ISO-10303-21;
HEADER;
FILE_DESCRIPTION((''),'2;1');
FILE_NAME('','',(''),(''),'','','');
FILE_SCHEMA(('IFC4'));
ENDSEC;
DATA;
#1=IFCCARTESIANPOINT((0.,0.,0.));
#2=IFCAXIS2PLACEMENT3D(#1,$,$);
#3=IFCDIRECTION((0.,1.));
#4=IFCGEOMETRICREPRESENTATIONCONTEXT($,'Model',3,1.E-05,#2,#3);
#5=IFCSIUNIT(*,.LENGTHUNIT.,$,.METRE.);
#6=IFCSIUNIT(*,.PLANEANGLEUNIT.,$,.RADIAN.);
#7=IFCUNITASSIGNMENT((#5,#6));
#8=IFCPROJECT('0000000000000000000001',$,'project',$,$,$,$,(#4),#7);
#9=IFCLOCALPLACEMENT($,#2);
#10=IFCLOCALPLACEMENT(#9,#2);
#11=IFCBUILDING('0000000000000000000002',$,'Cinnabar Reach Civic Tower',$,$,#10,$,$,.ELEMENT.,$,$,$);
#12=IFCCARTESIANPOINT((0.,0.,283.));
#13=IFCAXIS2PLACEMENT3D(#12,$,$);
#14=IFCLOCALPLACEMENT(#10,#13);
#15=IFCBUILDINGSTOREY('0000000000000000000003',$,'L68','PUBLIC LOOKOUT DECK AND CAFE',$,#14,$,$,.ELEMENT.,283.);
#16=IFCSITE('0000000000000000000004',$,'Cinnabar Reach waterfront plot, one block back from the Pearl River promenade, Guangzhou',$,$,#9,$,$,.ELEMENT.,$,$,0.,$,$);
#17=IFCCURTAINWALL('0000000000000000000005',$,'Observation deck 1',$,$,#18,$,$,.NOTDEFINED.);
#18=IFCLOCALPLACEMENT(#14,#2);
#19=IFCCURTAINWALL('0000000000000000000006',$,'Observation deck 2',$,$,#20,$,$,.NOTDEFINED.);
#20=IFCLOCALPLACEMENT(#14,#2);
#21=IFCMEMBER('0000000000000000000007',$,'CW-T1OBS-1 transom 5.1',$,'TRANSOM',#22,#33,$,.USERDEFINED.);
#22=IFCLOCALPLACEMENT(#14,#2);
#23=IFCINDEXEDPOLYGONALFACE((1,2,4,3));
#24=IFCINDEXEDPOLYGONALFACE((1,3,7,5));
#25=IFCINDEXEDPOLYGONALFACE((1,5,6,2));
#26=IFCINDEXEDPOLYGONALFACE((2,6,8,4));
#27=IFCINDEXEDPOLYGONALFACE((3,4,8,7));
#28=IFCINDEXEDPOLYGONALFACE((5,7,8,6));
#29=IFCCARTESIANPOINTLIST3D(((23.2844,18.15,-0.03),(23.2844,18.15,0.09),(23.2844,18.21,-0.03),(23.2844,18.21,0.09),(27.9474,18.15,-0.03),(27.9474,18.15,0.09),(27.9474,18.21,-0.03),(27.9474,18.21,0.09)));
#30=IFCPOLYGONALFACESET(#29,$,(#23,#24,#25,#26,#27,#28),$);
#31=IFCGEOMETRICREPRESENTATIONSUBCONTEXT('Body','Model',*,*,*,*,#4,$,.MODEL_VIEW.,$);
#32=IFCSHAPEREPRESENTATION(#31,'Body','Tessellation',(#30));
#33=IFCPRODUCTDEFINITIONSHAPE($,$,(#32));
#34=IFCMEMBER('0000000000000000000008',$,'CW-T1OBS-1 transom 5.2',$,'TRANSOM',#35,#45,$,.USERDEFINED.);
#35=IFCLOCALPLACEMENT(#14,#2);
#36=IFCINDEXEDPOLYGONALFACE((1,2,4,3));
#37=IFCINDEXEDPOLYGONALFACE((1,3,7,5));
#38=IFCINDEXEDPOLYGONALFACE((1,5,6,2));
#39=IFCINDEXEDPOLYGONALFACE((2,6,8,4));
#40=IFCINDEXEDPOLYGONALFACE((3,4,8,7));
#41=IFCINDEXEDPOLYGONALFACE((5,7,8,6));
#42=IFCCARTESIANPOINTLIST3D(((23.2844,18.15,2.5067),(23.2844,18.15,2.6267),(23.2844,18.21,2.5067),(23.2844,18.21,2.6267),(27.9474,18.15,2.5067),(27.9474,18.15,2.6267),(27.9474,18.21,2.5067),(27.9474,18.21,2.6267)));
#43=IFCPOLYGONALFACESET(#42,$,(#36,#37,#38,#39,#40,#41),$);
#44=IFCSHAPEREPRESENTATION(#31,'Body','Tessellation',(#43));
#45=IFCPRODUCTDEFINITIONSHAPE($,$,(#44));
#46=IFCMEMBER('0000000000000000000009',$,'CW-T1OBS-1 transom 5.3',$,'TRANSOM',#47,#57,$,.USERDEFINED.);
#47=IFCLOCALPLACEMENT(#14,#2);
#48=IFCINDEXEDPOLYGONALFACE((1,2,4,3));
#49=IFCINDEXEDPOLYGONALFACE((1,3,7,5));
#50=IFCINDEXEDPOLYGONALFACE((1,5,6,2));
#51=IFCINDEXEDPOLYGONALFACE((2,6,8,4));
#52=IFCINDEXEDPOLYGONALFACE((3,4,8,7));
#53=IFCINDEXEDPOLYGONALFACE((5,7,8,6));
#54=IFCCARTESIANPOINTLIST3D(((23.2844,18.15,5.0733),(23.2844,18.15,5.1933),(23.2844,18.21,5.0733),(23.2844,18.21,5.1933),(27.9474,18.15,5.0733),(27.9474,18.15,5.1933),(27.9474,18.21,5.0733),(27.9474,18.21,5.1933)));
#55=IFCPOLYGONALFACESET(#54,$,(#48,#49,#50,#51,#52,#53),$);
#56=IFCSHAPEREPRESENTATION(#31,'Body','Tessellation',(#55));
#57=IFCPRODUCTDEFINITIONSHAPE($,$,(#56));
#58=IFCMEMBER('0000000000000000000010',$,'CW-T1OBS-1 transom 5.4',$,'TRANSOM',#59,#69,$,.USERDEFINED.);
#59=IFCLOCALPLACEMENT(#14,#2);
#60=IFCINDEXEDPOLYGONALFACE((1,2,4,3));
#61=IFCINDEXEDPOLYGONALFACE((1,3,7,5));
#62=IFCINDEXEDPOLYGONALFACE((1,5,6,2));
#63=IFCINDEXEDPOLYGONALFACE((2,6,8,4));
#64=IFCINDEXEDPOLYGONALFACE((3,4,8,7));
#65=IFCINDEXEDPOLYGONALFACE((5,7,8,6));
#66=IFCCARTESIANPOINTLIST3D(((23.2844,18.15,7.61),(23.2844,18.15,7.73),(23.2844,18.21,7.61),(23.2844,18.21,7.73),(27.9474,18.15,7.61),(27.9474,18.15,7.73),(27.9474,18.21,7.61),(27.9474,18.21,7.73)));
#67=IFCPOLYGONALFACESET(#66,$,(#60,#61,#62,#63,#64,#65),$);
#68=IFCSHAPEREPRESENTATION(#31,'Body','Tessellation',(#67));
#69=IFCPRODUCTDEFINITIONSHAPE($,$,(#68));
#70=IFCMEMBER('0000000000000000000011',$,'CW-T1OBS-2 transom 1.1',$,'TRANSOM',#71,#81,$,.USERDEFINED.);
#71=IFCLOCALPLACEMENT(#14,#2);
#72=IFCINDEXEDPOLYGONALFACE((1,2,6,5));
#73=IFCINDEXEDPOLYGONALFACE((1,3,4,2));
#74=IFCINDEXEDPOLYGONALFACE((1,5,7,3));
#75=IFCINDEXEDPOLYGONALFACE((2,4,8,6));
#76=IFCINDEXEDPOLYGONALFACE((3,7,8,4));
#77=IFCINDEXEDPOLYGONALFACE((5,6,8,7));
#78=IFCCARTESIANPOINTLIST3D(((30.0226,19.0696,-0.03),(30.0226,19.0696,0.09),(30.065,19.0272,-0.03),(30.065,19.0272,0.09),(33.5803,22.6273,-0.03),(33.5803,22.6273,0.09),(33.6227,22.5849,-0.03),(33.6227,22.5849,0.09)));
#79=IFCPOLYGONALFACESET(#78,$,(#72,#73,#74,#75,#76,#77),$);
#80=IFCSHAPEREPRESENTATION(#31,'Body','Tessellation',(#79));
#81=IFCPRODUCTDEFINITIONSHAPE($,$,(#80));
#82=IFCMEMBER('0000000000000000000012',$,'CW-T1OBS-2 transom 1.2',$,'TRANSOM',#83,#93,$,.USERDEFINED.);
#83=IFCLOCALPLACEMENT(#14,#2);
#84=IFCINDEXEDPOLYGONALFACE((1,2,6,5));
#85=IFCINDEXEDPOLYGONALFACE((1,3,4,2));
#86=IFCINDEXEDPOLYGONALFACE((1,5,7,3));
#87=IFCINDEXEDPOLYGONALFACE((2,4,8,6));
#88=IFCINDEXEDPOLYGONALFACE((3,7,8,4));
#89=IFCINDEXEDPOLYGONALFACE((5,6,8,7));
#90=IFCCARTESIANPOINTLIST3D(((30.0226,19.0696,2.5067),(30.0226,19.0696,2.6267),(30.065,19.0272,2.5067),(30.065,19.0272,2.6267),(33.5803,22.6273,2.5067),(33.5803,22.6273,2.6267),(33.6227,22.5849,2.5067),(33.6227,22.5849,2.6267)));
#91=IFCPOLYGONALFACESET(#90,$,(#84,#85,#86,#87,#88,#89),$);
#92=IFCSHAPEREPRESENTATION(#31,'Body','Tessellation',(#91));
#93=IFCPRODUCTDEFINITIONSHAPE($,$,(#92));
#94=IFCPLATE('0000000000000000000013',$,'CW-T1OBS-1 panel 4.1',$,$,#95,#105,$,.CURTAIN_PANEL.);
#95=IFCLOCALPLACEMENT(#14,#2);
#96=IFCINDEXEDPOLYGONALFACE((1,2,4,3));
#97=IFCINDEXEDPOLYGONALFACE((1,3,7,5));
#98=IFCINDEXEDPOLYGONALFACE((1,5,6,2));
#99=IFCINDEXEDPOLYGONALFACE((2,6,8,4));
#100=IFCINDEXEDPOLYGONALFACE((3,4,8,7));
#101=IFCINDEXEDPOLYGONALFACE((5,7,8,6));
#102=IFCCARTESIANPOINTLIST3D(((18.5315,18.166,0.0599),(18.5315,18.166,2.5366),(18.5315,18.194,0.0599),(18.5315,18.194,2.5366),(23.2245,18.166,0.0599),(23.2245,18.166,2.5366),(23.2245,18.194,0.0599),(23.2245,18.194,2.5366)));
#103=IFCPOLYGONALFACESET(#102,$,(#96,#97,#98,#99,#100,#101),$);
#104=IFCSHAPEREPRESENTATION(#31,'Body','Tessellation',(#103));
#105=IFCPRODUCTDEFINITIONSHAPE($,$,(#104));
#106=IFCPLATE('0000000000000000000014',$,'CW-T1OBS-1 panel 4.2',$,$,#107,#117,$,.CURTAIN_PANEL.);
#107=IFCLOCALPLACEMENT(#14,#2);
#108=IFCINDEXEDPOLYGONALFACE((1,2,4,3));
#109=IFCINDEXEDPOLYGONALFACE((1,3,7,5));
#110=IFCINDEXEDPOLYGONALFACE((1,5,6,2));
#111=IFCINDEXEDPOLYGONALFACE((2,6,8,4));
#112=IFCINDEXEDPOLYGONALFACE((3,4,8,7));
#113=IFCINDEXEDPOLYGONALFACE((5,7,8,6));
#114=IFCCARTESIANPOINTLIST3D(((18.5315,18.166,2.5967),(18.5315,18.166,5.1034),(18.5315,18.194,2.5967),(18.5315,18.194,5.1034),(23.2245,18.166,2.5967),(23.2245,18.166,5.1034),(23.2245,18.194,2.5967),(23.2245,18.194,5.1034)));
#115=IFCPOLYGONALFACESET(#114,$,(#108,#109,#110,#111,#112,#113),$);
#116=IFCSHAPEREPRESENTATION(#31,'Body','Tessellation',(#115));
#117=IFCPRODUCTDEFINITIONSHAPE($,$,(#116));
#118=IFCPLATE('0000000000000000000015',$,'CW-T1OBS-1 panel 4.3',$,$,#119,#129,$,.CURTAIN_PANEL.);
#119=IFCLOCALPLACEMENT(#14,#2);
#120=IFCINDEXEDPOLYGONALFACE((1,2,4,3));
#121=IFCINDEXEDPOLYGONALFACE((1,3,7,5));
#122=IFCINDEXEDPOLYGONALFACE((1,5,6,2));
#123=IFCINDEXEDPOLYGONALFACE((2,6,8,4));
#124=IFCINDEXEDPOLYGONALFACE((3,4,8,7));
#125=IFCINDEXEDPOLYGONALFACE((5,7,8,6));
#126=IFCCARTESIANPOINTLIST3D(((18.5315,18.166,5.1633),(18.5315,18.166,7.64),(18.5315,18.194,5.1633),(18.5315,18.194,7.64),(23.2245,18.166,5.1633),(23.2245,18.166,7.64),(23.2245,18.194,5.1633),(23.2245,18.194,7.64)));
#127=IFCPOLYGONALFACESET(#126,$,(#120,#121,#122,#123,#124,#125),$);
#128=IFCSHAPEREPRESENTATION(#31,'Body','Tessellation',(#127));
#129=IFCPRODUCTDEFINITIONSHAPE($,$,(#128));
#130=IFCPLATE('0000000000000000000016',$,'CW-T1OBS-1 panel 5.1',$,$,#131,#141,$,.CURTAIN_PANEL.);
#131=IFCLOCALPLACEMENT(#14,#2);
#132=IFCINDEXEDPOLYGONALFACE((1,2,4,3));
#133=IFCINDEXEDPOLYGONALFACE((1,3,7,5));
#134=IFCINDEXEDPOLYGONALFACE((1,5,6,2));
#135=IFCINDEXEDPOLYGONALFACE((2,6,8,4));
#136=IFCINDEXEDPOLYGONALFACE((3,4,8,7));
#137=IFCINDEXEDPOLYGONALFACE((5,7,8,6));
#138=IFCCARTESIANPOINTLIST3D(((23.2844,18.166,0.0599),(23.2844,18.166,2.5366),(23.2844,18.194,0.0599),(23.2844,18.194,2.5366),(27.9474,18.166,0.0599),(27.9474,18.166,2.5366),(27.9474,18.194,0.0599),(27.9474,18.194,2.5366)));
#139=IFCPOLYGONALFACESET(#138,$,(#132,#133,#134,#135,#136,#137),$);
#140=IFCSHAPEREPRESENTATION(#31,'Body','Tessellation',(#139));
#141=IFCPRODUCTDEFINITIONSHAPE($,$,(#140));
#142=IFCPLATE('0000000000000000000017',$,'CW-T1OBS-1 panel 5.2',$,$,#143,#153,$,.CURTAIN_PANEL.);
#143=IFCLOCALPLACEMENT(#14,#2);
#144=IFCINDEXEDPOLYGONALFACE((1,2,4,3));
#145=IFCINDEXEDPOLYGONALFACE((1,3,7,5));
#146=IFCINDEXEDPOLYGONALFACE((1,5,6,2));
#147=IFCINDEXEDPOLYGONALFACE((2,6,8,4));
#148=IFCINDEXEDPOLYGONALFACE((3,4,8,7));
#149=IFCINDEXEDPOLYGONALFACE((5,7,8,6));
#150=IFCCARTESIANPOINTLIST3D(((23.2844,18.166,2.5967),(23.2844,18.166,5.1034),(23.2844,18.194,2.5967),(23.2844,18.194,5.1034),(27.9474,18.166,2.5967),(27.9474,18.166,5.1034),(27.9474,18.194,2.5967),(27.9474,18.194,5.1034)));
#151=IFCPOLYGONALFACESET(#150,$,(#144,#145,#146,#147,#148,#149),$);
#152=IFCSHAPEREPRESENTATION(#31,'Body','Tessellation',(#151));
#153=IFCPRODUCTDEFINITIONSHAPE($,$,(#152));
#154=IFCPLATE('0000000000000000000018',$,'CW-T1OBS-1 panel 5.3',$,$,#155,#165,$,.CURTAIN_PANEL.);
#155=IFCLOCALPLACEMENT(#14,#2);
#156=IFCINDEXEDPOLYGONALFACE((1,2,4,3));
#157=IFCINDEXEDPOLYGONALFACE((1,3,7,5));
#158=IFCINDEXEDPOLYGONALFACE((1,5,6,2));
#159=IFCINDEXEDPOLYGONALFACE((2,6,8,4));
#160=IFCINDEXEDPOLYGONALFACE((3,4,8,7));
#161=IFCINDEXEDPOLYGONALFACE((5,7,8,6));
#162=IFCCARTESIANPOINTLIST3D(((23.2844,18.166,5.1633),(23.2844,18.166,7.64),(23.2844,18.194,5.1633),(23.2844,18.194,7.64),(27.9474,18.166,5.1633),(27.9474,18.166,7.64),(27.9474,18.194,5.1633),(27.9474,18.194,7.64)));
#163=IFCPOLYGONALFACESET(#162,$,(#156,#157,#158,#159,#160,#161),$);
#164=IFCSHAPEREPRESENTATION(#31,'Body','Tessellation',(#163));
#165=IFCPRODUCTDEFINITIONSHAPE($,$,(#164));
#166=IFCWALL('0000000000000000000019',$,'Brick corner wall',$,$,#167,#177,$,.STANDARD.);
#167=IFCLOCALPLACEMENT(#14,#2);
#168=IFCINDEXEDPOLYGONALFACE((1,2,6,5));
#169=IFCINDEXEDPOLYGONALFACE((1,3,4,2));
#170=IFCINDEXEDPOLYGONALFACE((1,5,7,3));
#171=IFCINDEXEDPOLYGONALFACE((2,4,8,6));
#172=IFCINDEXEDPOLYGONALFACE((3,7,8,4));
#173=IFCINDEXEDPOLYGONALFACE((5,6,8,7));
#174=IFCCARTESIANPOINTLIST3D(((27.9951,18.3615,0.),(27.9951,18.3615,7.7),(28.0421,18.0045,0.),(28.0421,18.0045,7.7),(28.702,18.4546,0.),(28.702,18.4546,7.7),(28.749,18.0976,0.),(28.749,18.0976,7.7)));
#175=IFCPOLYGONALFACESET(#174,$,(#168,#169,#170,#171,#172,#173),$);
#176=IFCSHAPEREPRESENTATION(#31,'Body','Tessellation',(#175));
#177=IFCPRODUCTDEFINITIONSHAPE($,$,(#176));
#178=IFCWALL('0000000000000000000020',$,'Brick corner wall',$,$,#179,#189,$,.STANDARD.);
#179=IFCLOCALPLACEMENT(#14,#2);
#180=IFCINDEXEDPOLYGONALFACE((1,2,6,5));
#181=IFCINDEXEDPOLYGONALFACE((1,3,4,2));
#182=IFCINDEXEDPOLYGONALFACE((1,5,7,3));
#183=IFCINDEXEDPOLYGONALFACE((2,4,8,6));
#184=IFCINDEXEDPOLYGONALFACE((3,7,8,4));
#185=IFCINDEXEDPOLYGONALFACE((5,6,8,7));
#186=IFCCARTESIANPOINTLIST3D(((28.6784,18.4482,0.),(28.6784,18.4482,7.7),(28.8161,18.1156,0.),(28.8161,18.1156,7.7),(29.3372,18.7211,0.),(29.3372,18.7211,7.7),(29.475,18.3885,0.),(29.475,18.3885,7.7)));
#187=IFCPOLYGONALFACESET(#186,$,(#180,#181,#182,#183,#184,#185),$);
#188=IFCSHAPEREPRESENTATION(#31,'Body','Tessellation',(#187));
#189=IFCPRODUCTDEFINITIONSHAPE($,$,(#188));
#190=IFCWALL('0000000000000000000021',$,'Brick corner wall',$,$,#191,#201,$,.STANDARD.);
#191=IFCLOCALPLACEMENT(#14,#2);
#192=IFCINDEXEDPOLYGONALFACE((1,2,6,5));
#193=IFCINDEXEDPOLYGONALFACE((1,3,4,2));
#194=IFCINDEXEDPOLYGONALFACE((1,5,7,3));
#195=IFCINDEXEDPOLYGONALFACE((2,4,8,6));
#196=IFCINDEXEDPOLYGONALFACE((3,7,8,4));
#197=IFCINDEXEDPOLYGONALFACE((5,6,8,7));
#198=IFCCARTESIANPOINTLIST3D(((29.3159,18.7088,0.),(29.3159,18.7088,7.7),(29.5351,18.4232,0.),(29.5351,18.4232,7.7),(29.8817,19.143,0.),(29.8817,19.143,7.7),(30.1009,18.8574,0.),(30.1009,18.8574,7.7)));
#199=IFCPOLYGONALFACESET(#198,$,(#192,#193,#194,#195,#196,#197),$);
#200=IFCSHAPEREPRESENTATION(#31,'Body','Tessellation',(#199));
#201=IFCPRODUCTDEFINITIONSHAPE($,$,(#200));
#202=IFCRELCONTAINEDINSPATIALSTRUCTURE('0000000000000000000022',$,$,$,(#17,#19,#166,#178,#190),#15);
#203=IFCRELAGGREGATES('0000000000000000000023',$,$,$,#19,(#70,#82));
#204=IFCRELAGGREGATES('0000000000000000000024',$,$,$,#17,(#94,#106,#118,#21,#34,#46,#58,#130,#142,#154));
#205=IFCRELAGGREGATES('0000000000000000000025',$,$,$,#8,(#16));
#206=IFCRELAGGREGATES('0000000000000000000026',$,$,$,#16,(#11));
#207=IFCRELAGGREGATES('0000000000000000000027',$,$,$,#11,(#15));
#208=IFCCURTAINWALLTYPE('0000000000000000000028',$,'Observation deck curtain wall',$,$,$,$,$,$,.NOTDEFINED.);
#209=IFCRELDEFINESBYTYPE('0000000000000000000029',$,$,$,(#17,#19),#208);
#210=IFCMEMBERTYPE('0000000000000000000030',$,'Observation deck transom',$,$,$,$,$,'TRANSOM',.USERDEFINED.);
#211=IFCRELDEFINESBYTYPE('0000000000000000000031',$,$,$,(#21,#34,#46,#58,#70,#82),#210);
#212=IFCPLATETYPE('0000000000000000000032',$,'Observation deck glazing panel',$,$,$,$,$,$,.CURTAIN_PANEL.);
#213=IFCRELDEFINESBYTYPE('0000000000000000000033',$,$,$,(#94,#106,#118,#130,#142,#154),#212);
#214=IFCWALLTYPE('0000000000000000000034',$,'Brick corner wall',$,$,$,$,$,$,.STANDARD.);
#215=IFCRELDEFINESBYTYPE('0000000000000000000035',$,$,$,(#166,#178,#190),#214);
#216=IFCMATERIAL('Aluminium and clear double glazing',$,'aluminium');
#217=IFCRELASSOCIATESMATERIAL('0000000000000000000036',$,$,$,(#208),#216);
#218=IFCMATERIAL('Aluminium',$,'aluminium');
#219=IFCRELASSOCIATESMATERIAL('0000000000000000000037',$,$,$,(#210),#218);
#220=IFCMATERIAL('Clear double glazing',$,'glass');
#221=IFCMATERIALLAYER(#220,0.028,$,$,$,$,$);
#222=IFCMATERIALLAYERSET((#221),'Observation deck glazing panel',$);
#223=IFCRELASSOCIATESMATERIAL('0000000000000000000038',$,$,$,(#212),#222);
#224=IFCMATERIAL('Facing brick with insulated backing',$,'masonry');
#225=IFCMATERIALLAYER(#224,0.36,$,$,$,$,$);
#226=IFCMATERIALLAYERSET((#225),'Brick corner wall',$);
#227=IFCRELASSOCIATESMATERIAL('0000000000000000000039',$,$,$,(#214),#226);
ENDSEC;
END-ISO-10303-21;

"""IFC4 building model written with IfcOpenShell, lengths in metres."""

from ifc_helpers import new_model, si_unit, direction, frame, frame_2d, origin, origin_2d, place, context, subcontext, project, spatial, rectangle, extrude, material, layer, layer_set, material_profile, profile_set, type_object, element, aggregate, save


model = new_model("IFC4")

# Units and contexts
model_context = context("Model", 3, precision=1e-05, world=origin(), true_north=direction((0.0, 1.0)))
body_context = subcontext(model_context, "Body", "Model", "MODEL_VIEW")
ifc_project = project(units=[si_unit("LENGTHUNIT", "METRE"), si_unit("PLANEANGLEUNIT", "RADIAN")], contexts=[model_context])

# Site, building, storey
site_placement = place(None, origin())
site = spatial("IfcSite", under=ifc_project, at=site_placement, Name="Cinnabar Reach waterfront plot, one block back from the Pearl River promenade, Guangzhou", CompositionType="ELEMENT", RefElevation=0.0)
building_placement = place(site_placement, origin())
building = spatial("IfcBuilding", under=site, at=building_placement, Name="Cinnabar Reach Civic Tower", CompositionType="ELEMENT")
storey_placement = place(building_placement, frame((0.0, 0.0, 283.0)))
storey = spatial("IfcBuildingStorey", under=building, at=storey_placement, Name="L68", Description="PUBLIC LOOKOUT DECK AND CAFE", CompositionType="ELEMENT", Elevation=283.0)

# Curtain wall
ifc_material_1 = material(Name="Aluminium and clear double glazing", Category="aluminium")
curtain_wall_type = type_object("IfcCurtainWallType", Name="Observation deck curtain wall", PredefinedType="NOTDEFINED", material=ifc_material_1)
curtain_wall_1_placement = place(storey_placement, origin())
curtain_wall_1 = element("IfcCurtainWall", 1, at=curtain_wall_1_placement, inside=storey, type_object=curtain_wall_type, Name="Observation deck 1", PredefinedType="NOTDEFINED")
ifc_material_2 = material(Name="Aluminium", Category="aluminium")

# Curtain wall
curtain_wall_2_placement = place(storey_placement, origin())
curtain_wall_2 = element("IfcCurtainWall", 2, at=curtain_wall_2_placement, inside=storey, type_object=curtain_wall_type, Name="Observation deck 2", PredefinedType="NOTDEFINED")

# Members
ifc_material_profile_1 = material_profile(ifc_material_2, rectangle(XDim=0.06, YDim=0.12, at=origin_2d()), Name="Observation deck transom")
ifc_profile_set_1 = profile_set([ifc_material_profile_1], Name="Aluminium")
member_type_1 = type_object("IfcMemberType", Name="Observation deck transom", ElementType="TRANSOM", PredefinedType="USERDEFINED", material=ifc_profile_set_1)
member_1_placement = place(storey_placement, frame((23.2844, 18.18, 0.03), z_axis=(1.0, 0.0, 0.0), x_axis=(0.0, 1.0, 0.0)))
member_1 = element("IfcMember", 3, at=member_1_placement, type_object=member_type_1, Name="CW-T1OBS-1 transom 5.1", ObjectType="TRANSOM", PredefinedType="USERDEFINED", context=body_context, shape_type="SweptSolid", body=[
    extrude(rectangle(XDim=0.06, YDim=0.12, at=origin_2d()), origin(), (0.0, 0.0, 1.0), 4.663),
])
member_2_placement = place(storey_placement, frame((23.2844, 18.18, 2.5667), z_axis=(1.0, 0.0, 0.0), x_axis=(0.0, 1.0, 0.0)))
member_2 = element("IfcMember", 4, at=member_2_placement, type_object=member_type_1, Name="CW-T1OBS-1 transom 5.2", ObjectType="TRANSOM", PredefinedType="USERDEFINED", context=body_context, shape_type="SweptSolid", body=[
    extrude(rectangle(XDim=0.06, YDim=0.12, at=origin_2d()), origin(), (0.0, 0.0, 1.0), 4.663),
])
member_3_placement = place(storey_placement, frame((23.2844, 18.18, 5.1333), z_axis=(1.0, 0.0, 0.0), x_axis=(0.0, 1.0, 0.0)))
member_3 = element("IfcMember", 5, at=member_3_placement, type_object=member_type_1, Name="CW-T1OBS-1 transom 5.3", ObjectType="TRANSOM", PredefinedType="USERDEFINED", context=body_context, shape_type="SweptSolid", body=[
    extrude(rectangle(XDim=0.06, YDim=0.12, at=origin_2d()), origin(), (0.0, 0.0, 1.0), 4.663),
])
member_4_placement = place(storey_placement, frame((23.2844, 18.18, 7.67), z_axis=(1.0, 0.0, 0.0), x_axis=(0.0, 1.0, 0.0)))
member_4 = element("IfcMember", 6, at=member_4_placement, type_object=member_type_1, Name="CW-T1OBS-1 transom 5.4", ObjectType="TRANSOM", PredefinedType="USERDEFINED", context=body_context, shape_type="SweptSolid", body=[
    extrude(rectangle(XDim=0.06, YDim=0.12, at=origin_2d()), origin(), (0.0, 0.0, 1.0), 4.663),
])
member_5_placement = place(storey_placement, frame((30.0438, 19.0484, 0.03), z_axis=(0.707107, 0.707107, 0.0), x_axis=(-0.707107, 0.707107, 0.0)))
member_5 = element("IfcMember", 7, at=member_5_placement, type_object=member_type_1, Name="CW-T1OBS-2 transom 1.1", ObjectType="TRANSOM", PredefinedType="USERDEFINED", context=body_context, shape_type="SweptSolid", body=[
    extrude(rectangle(XDim=0.06, YDim=0.12, at=origin_2d()), origin(), (0.0, 0.0, 1.0), 5.0313),
])
member_6_placement = place(storey_placement, frame((30.0438, 19.0484, 2.5667), z_axis=(0.707107, 0.707107, 0.0), x_axis=(-0.707107, 0.707107, 0.0)))
member_6 = element("IfcMember", 8, at=member_6_placement, type_object=member_type_1, Name="CW-T1OBS-2 transom 1.2", ObjectType="TRANSOM", PredefinedType="USERDEFINED", context=body_context, shape_type="SweptSolid", body=[
    extrude(rectangle(XDim=0.06, YDim=0.12, at=origin_2d()), origin(), (0.0, 0.0, 1.0), 5.0313),
])
aggregate(curtain_wall_2, [member_5, member_6])

# Plates
ifc_material_3 = material(Name="Clear double glazing", Category="glass")
ifc_layer_1 = layer(ifc_material_3, 0.028)
ifc_layer_set_1 = layer_set([ifc_layer_1], Name="Observation deck glazing panel")
plate_type = type_object("IfcPlateType", Name="Observation deck glazing panel", PredefinedType="CURTAIN_PANEL", material=ifc_layer_set_1)
plate_1_placement = place(storey_placement, frame((20.878, 18.18, 0.0599), z_axis=(0.0, 0.0, 1.0), x_axis=(1.0, 0.0, 0.0)))
plate_1 = element("IfcPlate", 9, at=plate_1_placement, type_object=plate_type, Name="CW-T1OBS-1 panel 4.1", PredefinedType="CURTAIN_PANEL", context=body_context, shape_type="SweptSolid", body=[
    extrude(rectangle(XDim=4.693, YDim=0.028, at=origin_2d()), origin(), (0.0, 0.0, 1.0), 2.4767),
])
plate_2_placement = place(storey_placement, frame((20.878, 18.18, 2.5967), z_axis=(0.0, 0.0, 1.0), x_axis=(1.0, 0.0, 0.0)))
plate_2 = element("IfcPlate", 10, at=plate_2_placement, type_object=plate_type, Name="CW-T1OBS-1 panel 4.2", PredefinedType="CURTAIN_PANEL", context=body_context, shape_type="SweptSolid", body=[
    extrude(rectangle(XDim=4.693, YDim=0.028, at=origin_2d()), origin(), (0.0, 0.0, 1.0), 2.5067),
])
plate_3_placement = place(storey_placement, frame((20.878, 18.18, 5.1633), z_axis=(0.0, 0.0, 1.0), x_axis=(1.0, 0.0, 0.0)))
plate_3 = element("IfcPlate", 11, at=plate_3_placement, type_object=plate_type, Name="CW-T1OBS-1 panel 4.3", PredefinedType="CURTAIN_PANEL", context=body_context, shape_type="SweptSolid", body=[
    extrude(rectangle(XDim=4.693, YDim=0.028, at=origin_2d()), origin(), (0.0, 0.0, 1.0), 2.4767),
])
plate_4_placement = place(storey_placement, frame((25.6159, 18.18, 0.0599), z_axis=(0.0, 0.0, 1.0), x_axis=(1.0, 0.0, 0.0)))
plate_4 = element("IfcPlate", 12, at=plate_4_placement, type_object=plate_type, Name="CW-T1OBS-1 panel 5.1", PredefinedType="CURTAIN_PANEL", context=body_context, shape_type="SweptSolid", body=[
    extrude(rectangle(XDim=4.663, YDim=0.028, at=origin_2d()), origin(), (0.0, 0.0, 1.0), 2.4767),
])
plate_5_placement = place(storey_placement, frame((25.6159, 18.18, 2.5967), z_axis=(0.0, 0.0, 1.0), x_axis=(1.0, 0.0, 0.0)))
plate_5 = element("IfcPlate", 13, at=plate_5_placement, type_object=plate_type, Name="CW-T1OBS-1 panel 5.2", PredefinedType="CURTAIN_PANEL", context=body_context, shape_type="SweptSolid", body=[
    extrude(rectangle(XDim=4.663, YDim=0.028, at=origin_2d()), origin(), (0.0, 0.0, 1.0), 2.5067),
])
plate_6_placement = place(storey_placement, frame((25.6159, 18.18, 5.1633), z_axis=(0.0, 0.0, 1.0), x_axis=(1.0, 0.0, 0.0)))
plate_6 = element("IfcPlate", 14, at=plate_6_placement, type_object=plate_type, Name="CW-T1OBS-1 panel 5.3", PredefinedType="CURTAIN_PANEL", context=body_context, shape_type="SweptSolid", body=[
    extrude(rectangle(XDim=4.663, YDim=0.028, at=origin_2d()), origin(), (0.0, 0.0, 1.0), 2.4767),
])
aggregate(curtain_wall_1, [plate_1, plate_2, plate_3, member_1, member_2, member_3, member_4, plate_4, plate_5, plate_6])

# Walls
ifc_material_4 = material(Name="Facing brick with insulated backing", Category="masonry")
ifc_layer_2 = layer(ifc_material_4, 0.36)
ifc_layer_set_2 = layer_set([ifc_layer_2], Name="Brick corner wall")
wall_type = type_object("IfcWallType", Name="Brick corner wall", PredefinedType="STANDARD", material=ifc_layer_set_2)
for number, where, z_axis, x_axis, name in (
    (15, (28.0186, 18.183, 0.0), (0.0, 0.0, 1.0), (0.991441, 0.130556, 0.0), "Brick corner wall"),
    (16, (28.7473, 18.2819, 0.0), (0.0, 0.0, 1.0), (0.923872, 0.382703, 0.0), "Brick corner wall"),
):
    element("IfcWall", number, at=place(storey_placement, frame(where, z_axis=z_axis, x_axis=x_axis)), inside=storey, type_object=wall_type, Name=name, PredefinedType="STANDARD", context=body_context, shape_type="SweptSolid", body=[
        extrude(rectangle(XDim=0.7131, YDim=0.36, at=frame_2d((0.3565, 0.0))), origin(), (0.0, 0.0, 1.0), 7.7),
    ])
wall_placement = place(storey_placement, frame((29.4255, 18.566, 0.0), z_axis=(0.0, 0.0, 1.0), x_axis=(0.793322, 0.608802, 0.0)))
element("IfcWall", 17, at=wall_placement, inside=storey, type_object=wall_type, Name="Brick corner wall", PredefinedType="STANDARD", context=body_context, shape_type="SweptSolid", body=[
    extrude(rectangle(XDim=0.7132, YDim=0.36, at=frame_2d((0.3566, 0.0))), origin(), (0.0, 0.0, 1.0), 7.7),
])

save(model, "model.ifc")
